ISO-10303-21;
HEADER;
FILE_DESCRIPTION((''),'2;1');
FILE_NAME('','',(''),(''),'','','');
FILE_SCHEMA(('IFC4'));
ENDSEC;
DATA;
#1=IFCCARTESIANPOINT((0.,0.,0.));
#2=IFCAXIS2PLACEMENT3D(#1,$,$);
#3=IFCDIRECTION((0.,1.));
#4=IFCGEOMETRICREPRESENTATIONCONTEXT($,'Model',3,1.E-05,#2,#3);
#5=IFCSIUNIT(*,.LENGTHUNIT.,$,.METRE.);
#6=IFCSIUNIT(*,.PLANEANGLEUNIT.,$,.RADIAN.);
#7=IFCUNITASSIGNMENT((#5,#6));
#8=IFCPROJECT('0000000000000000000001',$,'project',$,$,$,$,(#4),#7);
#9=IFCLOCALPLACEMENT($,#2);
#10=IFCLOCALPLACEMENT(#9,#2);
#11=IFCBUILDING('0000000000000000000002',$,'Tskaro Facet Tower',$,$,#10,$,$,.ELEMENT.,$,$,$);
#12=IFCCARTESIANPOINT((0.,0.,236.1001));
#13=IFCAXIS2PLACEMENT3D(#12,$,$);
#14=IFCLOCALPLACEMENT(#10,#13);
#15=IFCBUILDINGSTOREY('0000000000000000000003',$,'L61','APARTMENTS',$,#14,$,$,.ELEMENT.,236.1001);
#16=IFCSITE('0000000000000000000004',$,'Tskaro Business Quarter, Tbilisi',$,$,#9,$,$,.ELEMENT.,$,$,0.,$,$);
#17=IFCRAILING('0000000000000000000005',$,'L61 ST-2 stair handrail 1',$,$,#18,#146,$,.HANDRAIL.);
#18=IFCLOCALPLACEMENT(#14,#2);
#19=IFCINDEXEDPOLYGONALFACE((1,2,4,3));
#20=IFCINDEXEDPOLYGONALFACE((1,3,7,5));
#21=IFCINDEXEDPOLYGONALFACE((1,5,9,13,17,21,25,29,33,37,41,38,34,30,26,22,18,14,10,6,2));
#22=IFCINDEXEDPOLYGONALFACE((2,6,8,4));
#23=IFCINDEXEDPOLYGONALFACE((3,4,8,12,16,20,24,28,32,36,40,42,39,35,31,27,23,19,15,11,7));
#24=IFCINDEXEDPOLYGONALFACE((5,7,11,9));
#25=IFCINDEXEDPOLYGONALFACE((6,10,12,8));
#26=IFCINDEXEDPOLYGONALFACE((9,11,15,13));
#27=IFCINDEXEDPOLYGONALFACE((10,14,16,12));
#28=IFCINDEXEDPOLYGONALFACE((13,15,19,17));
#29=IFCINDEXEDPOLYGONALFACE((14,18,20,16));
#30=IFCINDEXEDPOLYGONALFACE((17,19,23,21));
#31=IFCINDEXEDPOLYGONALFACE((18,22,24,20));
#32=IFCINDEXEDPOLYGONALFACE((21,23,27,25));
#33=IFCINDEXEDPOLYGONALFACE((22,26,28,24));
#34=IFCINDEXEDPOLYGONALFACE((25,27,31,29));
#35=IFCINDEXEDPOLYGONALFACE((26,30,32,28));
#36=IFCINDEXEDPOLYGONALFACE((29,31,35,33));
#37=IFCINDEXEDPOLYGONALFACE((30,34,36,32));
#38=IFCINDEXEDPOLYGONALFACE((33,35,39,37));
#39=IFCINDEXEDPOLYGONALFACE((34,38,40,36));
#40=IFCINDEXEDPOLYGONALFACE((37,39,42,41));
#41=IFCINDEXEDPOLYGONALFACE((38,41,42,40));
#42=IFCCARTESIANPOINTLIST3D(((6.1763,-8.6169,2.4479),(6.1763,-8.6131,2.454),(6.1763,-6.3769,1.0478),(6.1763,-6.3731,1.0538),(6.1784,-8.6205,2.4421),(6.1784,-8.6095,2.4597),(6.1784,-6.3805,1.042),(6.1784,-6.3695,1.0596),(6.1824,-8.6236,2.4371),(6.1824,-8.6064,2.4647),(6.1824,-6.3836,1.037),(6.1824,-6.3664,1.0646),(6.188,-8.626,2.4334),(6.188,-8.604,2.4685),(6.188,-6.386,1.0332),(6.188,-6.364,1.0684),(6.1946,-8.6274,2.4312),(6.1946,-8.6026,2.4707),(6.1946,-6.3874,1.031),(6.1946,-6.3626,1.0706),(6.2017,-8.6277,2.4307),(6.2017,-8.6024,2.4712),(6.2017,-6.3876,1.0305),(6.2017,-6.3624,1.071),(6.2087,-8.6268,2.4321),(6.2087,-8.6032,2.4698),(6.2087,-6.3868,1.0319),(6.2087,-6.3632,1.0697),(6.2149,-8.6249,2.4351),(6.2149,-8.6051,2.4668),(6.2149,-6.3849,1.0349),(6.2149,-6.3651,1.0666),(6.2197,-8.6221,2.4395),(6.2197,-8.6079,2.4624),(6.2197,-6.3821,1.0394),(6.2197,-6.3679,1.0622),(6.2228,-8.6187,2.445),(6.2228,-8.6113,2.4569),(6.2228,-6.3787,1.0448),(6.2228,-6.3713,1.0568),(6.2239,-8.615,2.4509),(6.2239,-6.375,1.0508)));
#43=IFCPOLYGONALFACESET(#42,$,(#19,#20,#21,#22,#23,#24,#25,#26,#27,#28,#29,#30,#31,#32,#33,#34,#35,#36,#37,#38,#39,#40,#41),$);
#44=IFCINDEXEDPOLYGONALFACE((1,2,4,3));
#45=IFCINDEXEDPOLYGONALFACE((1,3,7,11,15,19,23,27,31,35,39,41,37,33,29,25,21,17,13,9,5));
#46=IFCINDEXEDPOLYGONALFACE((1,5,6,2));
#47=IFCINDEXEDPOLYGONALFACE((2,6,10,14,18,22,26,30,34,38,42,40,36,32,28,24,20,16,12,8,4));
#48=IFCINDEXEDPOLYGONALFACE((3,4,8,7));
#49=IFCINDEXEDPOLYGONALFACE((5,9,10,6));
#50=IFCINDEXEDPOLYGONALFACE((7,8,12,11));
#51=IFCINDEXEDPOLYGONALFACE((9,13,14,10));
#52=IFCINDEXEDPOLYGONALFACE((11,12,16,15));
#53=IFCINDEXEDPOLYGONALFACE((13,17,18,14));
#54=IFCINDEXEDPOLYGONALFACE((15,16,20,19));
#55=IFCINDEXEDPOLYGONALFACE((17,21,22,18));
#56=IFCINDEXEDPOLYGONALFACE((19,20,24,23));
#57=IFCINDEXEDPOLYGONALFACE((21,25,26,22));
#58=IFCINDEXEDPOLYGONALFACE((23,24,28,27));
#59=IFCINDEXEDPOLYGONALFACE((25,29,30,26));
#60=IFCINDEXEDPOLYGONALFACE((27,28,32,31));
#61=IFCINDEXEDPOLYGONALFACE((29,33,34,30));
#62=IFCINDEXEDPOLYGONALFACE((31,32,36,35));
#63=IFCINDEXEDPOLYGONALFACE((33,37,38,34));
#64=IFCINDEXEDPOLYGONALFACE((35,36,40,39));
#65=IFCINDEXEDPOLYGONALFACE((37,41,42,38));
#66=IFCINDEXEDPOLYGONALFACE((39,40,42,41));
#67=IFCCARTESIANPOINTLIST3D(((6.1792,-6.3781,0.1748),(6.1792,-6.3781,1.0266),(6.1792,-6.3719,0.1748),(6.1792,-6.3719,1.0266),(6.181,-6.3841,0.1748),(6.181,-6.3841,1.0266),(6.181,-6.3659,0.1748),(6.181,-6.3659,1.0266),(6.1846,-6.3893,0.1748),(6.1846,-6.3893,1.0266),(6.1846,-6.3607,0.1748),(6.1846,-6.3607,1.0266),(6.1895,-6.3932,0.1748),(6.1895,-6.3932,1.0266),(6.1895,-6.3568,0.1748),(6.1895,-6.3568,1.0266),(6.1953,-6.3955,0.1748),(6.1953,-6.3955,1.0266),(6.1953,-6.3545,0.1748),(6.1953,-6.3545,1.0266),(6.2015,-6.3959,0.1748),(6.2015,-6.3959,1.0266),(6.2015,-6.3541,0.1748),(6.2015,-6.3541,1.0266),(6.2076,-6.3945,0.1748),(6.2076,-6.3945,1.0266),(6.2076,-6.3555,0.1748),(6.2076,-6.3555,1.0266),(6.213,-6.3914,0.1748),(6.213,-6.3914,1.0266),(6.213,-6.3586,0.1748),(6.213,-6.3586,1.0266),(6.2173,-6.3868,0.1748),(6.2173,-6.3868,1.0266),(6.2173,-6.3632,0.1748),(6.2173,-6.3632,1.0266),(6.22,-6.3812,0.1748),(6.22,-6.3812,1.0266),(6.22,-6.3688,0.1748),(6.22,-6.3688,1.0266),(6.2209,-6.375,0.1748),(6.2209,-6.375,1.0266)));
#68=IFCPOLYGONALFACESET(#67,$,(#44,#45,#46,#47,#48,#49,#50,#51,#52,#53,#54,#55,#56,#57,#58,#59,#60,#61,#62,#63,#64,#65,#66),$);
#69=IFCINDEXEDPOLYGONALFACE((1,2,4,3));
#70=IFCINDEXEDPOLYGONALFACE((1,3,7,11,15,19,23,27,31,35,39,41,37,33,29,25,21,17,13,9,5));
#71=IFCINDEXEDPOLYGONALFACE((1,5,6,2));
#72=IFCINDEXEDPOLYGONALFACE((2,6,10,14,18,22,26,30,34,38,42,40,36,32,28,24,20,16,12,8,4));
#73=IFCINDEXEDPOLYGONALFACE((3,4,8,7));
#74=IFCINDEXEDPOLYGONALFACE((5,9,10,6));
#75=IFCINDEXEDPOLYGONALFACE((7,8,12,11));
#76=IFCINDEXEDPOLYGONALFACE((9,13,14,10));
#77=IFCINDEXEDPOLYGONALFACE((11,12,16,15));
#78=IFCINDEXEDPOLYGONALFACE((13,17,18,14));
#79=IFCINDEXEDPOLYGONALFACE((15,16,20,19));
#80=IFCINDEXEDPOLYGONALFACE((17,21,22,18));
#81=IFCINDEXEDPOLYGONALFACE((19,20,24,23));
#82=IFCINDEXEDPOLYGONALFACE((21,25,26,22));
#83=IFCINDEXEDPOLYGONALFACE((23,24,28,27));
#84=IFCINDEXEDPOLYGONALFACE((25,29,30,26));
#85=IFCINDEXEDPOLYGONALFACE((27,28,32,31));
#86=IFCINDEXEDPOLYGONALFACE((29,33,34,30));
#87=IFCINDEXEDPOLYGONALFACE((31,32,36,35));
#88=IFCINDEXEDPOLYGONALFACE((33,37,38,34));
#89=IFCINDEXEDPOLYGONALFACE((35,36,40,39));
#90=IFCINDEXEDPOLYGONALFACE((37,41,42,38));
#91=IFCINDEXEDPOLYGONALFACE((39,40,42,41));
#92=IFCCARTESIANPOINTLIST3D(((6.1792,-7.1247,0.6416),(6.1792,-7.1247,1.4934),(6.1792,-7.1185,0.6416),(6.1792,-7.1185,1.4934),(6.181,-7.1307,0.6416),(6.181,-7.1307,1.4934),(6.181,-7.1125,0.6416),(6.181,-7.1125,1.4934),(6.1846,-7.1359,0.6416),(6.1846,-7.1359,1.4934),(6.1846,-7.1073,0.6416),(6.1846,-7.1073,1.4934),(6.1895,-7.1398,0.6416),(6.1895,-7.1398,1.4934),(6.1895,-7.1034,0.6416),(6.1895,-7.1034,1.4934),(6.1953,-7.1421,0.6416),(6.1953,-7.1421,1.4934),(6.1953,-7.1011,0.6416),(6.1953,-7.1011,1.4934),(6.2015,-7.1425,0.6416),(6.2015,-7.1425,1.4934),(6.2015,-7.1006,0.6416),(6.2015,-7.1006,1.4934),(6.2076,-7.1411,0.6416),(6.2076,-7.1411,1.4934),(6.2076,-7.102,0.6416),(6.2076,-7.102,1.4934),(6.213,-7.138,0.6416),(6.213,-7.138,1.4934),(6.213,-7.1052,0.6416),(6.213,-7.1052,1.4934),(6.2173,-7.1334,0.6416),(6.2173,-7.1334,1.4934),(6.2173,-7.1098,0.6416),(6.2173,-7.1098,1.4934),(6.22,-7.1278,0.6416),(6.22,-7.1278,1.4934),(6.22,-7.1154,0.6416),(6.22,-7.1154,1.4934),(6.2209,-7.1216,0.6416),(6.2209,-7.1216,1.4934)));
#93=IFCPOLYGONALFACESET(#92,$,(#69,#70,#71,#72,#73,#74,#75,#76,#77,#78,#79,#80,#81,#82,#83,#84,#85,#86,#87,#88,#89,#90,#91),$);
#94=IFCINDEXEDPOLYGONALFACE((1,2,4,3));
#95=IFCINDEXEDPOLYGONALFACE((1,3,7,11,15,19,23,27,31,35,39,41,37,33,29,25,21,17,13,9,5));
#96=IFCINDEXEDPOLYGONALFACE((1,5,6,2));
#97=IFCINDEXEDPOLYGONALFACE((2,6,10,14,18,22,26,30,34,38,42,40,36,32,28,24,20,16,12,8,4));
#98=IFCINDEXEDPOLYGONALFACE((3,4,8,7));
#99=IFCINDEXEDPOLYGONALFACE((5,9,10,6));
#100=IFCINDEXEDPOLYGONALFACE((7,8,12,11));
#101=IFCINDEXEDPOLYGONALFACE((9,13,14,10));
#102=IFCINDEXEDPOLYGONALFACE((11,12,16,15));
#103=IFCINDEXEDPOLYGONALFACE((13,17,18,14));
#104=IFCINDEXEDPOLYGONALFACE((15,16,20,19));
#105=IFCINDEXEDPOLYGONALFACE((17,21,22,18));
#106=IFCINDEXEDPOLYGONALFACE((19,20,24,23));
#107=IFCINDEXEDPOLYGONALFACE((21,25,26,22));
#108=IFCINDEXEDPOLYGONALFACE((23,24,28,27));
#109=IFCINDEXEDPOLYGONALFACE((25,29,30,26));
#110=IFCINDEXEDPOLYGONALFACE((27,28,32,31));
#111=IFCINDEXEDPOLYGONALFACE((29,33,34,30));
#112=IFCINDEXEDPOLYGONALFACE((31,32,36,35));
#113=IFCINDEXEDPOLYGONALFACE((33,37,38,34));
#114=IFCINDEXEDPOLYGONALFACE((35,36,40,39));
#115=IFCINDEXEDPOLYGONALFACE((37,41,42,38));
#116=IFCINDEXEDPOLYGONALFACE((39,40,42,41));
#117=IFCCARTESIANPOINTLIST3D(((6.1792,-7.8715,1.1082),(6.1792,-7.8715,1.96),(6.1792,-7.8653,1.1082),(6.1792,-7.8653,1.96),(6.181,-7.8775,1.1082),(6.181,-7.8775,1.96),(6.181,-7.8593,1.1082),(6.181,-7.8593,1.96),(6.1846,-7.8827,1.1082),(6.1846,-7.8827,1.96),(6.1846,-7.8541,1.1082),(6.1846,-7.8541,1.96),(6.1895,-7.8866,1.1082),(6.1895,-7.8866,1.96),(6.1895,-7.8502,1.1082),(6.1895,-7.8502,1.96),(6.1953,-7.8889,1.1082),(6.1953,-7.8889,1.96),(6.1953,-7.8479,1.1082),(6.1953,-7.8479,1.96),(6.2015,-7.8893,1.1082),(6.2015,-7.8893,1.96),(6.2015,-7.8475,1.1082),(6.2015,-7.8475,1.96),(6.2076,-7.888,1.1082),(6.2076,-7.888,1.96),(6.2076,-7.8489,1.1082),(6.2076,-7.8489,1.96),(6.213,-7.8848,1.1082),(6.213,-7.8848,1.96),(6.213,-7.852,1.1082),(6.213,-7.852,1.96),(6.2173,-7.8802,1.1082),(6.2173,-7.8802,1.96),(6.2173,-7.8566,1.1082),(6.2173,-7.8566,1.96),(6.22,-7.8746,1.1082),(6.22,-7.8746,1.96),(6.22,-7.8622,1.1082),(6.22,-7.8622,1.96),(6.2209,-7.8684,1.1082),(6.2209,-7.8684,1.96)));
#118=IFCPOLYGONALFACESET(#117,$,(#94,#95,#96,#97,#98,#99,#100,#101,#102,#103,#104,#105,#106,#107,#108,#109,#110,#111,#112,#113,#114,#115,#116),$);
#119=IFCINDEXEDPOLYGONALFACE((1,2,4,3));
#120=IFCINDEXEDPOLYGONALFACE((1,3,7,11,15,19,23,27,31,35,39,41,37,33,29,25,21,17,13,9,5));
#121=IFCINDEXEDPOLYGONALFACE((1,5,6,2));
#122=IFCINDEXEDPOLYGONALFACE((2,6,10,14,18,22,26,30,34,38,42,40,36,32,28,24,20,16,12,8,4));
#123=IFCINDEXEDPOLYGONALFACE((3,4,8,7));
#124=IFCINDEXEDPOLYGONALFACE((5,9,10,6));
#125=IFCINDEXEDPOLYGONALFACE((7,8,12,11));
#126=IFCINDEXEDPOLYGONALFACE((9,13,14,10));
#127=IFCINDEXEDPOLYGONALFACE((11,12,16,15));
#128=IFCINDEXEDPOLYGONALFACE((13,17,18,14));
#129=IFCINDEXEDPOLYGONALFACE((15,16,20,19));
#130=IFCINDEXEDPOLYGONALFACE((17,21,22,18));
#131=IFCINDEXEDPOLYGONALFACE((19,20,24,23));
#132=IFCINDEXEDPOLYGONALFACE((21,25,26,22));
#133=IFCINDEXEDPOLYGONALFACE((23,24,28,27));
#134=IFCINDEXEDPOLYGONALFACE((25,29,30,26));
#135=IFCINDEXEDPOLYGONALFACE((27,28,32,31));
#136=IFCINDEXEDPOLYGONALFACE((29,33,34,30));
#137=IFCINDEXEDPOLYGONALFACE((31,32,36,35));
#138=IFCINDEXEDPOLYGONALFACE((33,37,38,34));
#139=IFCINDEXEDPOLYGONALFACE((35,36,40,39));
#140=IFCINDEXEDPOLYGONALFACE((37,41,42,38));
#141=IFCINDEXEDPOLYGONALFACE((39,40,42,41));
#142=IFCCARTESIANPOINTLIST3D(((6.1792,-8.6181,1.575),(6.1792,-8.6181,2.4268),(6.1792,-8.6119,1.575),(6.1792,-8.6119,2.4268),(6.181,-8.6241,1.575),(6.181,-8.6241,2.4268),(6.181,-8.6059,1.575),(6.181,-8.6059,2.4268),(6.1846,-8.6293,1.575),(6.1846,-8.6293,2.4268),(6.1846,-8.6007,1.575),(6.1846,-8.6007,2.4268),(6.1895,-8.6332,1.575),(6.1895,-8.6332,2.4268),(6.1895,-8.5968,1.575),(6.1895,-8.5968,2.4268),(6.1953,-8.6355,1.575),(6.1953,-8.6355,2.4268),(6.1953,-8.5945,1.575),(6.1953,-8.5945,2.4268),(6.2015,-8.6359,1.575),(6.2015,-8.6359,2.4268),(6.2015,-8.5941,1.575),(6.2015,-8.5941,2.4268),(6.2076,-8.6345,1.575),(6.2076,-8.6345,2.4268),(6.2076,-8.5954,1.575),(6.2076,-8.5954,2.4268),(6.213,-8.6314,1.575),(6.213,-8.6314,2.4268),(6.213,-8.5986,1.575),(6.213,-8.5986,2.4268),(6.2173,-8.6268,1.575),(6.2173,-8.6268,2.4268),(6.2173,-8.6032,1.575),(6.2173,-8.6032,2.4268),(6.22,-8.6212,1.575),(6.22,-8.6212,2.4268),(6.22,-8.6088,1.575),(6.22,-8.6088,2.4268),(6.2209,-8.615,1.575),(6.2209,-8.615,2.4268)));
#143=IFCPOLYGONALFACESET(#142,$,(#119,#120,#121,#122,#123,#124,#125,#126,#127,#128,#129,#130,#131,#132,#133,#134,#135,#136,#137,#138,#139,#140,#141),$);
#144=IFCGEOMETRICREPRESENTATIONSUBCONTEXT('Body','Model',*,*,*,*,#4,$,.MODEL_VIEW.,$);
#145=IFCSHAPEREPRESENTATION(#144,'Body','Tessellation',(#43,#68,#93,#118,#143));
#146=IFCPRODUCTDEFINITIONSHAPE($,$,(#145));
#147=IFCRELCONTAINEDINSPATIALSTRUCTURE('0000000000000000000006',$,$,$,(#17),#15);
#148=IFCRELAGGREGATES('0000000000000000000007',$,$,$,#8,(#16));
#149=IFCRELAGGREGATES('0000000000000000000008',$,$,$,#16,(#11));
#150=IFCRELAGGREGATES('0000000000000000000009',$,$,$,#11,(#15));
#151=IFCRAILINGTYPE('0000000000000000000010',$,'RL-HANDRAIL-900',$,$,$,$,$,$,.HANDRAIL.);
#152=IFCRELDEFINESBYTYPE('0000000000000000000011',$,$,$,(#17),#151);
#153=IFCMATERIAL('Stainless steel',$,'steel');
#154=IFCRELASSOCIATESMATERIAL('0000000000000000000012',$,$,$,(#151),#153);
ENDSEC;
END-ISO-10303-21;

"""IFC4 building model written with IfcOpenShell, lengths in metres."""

from ifc_helpers import new_model, si_unit, direction, frame, origin, origin_2d, place, context, subcontext, project, spatial, circle, extrude, material, type_object, element, save


model = new_model("IFC4")

# Units and contexts
model_context = context("Model", 3, precision=1e-05, world=origin(), true_north=direction((0.0, 1.0)))
body_context = subcontext(model_context, "Body", "Model", "MODEL_VIEW")
ifc_project = project(units=[si_unit("LENGTHUNIT", "METRE"), si_unit("PLANEANGLEUNIT", "RADIAN")], contexts=[model_context])

# Site, building, storey
site_placement = place(None, origin())
site = spatial("IfcSite", under=ifc_project, at=site_placement, Name="Tskaro Business Quarter, Tbilisi", CompositionType="ELEMENT", RefElevation=0.0)
building_placement = place(site_placement, origin())
building = spatial("IfcBuilding", under=site, at=building_placement, Name="Tskaro Facet Tower", CompositionType="ELEMENT")
storey_placement = place(building_placement, frame((0.0, 0.0, 236.1001)))
storey = spatial("IfcBuildingStorey", under=building, at=storey_placement, Name="L61", Description="APARTMENTS", CompositionType="ELEMENT", Elevation=236.1001)

# Railing
ifc_material_1 = material(Name="Stainless steel", Category="steel")
railing_type_1 = type_object("IfcRailingType", Name="RL-HANDRAIL-900", PredefinedType="HANDRAIL", material=ifc_material_1)
railing_1_placement = place(storey_placement, frame((6.2, -6.375, 0.1748)))
element("IfcRailing", 1, at=railing_1_placement, inside=storey, type_object=railing_type_1, Name="L61 ST-2 stair handrail 1", PredefinedType="HANDRAIL", context=body_context, shape_type="SweptSolid", body=[
    extrude(circle(Radius=0.0239, at=origin_2d()), frame((0.0, 0.0, 0.876), z_axis=(0.0, -0.847972, 0.53004), x_axis=(1.0, 0.0, 0.0)), (0.0, 0.0, 1.0), 2.6416),
    extrude(circle(Radius=0.021, at=origin_2d()), origin(), (0.0, 0.0, 1.0), 0.8518),
    extrude(circle(Radius=0.021, at=origin_2d()), frame((0.0, -0.7466, 0.4668)), (0.0, 0.0, 1.0), 0.8518),
    extrude(circle(Radius=0.021, at=origin_2d()), frame((0.0, -1.4934, 0.9333)), (0.0, 0.0, 1.0), 0.8518),
    extrude(circle(Radius=0.021, at=origin_2d()), frame((0.0, -2.24, 1.4001)), (0.0, 0.0, 1.0), 0.8518),
])

save(model, "model.ifc")
